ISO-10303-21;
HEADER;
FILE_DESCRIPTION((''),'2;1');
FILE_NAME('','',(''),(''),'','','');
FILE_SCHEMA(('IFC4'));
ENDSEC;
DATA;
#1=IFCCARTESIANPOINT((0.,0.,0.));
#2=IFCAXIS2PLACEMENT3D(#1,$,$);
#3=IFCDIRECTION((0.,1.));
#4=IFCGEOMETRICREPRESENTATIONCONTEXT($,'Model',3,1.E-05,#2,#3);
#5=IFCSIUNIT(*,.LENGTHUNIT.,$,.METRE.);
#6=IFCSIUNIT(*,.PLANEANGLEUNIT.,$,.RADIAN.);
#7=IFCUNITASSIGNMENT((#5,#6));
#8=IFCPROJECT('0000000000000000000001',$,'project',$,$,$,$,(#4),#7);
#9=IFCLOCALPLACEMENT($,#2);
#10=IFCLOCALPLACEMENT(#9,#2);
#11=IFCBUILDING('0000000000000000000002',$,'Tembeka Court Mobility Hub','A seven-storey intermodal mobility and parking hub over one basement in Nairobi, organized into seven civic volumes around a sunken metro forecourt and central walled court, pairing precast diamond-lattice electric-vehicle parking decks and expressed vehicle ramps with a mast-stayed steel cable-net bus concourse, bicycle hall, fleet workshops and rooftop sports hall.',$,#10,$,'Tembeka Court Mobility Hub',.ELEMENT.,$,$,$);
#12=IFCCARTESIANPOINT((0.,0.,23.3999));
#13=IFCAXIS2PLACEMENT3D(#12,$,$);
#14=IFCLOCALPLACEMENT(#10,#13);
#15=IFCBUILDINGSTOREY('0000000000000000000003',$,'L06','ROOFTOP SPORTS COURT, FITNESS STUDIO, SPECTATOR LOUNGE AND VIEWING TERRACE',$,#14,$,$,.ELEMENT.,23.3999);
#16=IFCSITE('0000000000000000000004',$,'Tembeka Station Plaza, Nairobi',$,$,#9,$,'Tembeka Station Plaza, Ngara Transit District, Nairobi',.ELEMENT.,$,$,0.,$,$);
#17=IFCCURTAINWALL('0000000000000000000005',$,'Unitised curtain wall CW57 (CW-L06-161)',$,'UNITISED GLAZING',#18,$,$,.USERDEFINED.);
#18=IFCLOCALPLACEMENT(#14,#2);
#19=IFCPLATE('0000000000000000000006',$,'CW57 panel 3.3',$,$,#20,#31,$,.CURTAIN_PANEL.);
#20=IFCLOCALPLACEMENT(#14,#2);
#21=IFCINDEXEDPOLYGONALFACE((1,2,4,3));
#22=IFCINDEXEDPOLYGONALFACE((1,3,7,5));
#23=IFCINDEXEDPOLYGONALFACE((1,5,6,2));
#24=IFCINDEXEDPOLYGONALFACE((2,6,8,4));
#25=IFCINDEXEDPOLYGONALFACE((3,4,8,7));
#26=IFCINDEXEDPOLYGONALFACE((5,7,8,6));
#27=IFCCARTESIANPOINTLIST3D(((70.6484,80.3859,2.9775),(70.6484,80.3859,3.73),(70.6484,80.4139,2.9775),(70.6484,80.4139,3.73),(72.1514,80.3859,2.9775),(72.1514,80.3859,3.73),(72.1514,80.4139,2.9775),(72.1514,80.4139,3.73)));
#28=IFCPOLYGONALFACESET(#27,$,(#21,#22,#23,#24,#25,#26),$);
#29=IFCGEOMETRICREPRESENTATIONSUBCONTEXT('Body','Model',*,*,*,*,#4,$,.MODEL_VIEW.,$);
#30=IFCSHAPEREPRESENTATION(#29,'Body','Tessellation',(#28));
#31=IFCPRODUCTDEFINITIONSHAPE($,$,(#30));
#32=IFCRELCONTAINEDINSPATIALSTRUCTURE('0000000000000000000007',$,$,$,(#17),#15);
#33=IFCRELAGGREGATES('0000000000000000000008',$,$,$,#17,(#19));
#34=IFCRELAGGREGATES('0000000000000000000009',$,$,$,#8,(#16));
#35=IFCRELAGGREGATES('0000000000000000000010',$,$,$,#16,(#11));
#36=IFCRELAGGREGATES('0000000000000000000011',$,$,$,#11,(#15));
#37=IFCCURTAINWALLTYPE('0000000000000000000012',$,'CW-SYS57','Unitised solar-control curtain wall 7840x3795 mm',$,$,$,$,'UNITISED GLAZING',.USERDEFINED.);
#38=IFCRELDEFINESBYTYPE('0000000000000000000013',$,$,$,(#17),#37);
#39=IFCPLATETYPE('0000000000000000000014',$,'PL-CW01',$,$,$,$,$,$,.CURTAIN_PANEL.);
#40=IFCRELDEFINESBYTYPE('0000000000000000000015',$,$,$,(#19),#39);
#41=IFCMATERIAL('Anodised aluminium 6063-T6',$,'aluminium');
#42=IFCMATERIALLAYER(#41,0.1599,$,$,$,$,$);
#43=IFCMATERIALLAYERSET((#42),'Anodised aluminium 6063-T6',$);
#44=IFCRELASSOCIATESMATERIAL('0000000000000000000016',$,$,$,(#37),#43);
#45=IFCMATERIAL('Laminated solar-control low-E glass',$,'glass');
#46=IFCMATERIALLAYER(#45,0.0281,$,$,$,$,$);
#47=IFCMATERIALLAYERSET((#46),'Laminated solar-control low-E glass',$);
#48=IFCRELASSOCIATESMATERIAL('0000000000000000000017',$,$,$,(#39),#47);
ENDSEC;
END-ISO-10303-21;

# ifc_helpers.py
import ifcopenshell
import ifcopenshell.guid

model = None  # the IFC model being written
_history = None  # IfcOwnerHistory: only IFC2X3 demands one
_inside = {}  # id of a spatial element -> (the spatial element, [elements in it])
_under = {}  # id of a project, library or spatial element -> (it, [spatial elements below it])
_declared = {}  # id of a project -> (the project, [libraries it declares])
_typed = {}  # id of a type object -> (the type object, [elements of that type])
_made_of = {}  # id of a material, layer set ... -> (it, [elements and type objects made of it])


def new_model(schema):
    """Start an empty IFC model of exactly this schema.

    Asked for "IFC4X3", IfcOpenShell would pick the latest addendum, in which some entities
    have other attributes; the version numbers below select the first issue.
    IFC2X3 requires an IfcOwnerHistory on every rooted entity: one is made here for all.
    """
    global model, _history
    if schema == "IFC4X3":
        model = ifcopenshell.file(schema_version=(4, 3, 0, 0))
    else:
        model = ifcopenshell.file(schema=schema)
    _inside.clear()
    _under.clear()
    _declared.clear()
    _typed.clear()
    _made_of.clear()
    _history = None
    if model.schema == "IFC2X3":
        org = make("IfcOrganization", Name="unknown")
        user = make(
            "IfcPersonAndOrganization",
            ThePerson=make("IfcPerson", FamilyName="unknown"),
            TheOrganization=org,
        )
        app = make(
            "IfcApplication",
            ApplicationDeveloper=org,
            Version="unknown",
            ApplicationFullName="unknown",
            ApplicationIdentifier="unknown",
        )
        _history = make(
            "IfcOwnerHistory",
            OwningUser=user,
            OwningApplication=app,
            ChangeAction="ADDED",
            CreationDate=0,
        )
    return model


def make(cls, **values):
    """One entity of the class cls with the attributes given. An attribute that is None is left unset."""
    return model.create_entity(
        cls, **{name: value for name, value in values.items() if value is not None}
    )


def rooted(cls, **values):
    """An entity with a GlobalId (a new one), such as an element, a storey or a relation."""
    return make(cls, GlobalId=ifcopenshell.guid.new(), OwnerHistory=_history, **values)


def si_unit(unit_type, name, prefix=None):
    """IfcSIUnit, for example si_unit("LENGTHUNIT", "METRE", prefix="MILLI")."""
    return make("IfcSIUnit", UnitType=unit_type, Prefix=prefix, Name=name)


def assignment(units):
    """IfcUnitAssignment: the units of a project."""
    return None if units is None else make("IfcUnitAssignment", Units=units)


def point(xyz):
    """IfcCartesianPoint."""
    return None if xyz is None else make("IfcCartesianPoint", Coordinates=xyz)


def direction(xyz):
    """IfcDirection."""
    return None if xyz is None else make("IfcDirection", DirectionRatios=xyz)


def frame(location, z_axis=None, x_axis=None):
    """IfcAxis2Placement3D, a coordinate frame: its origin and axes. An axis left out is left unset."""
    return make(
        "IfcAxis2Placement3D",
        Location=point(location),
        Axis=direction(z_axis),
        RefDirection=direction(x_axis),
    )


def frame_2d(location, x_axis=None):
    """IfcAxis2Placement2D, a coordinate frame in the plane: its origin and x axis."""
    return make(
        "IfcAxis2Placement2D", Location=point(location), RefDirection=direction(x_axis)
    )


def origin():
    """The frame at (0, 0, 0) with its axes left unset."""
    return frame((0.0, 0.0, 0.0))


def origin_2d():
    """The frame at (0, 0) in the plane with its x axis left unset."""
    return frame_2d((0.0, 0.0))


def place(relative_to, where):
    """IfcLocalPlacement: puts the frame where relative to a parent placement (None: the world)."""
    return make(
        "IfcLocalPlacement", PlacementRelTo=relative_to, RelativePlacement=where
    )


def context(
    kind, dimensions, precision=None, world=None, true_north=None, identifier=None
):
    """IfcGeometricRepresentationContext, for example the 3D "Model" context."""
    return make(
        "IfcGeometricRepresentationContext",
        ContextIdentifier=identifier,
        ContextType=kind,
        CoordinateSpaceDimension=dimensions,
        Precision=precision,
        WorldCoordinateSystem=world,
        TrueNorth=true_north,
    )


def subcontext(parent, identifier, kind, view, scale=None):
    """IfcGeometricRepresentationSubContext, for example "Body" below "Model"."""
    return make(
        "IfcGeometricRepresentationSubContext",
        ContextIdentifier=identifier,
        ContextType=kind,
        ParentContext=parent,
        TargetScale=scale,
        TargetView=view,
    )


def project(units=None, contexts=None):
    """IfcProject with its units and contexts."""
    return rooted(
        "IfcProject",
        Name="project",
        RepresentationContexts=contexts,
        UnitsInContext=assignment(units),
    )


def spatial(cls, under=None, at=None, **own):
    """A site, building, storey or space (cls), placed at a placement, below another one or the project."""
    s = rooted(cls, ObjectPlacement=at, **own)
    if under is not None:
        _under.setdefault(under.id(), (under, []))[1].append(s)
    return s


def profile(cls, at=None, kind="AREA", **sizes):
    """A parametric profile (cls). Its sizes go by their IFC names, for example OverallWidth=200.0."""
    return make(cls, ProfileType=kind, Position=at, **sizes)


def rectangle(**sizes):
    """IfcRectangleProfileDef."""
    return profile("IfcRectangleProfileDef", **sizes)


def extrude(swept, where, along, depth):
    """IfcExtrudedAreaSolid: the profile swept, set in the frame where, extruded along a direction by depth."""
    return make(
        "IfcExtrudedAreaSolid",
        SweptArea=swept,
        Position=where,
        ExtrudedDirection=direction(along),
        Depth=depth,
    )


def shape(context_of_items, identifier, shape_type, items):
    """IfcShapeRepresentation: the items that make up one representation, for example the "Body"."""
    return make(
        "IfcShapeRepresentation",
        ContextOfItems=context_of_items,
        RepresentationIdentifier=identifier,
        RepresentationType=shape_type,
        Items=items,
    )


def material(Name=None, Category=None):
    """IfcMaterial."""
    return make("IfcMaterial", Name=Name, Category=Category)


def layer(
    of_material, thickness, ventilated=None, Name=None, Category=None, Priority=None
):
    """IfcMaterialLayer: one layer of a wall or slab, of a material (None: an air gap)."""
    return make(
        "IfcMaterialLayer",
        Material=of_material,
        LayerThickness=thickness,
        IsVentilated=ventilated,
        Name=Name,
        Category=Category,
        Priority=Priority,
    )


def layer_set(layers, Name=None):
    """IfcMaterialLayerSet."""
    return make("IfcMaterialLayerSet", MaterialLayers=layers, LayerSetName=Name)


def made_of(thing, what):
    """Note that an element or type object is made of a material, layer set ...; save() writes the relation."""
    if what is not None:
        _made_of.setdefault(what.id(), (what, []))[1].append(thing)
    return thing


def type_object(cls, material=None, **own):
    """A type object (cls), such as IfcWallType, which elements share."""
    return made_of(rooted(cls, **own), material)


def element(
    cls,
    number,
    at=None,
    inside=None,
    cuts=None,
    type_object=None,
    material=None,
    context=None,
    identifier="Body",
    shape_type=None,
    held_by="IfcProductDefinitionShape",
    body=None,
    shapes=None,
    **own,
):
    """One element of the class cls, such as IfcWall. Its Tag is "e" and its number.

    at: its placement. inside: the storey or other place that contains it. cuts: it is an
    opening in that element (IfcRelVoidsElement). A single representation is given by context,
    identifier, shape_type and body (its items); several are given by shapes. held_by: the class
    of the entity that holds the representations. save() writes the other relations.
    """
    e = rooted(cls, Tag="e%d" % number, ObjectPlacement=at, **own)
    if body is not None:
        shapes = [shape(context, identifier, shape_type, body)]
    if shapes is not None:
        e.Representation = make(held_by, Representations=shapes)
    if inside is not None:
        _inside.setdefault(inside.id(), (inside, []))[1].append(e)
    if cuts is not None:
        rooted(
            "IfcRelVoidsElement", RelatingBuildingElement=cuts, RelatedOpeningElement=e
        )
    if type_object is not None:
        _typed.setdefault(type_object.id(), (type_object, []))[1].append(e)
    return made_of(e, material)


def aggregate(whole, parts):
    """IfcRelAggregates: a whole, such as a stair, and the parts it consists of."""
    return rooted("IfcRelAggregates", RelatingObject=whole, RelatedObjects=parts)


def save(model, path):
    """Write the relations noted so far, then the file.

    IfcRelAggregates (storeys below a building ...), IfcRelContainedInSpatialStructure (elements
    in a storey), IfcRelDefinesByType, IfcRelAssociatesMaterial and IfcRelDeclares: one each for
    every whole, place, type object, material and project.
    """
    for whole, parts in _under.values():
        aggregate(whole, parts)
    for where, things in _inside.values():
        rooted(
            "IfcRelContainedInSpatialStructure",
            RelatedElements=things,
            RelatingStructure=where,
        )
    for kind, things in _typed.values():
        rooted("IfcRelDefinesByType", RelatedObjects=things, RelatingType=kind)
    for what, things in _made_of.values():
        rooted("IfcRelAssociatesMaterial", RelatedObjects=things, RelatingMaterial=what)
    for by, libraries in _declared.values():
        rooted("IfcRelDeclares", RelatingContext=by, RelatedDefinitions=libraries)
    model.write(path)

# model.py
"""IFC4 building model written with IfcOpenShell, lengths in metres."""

from ifc_helpers import new_model, si_unit, direction, frame, origin, origin_2d, place, context, subcontext, project, spatial, rectangle, extrude, material, layer, layer_set, type_object, element, aggregate, save


model = new_model("IFC4")

# Units and contexts
model_context = context("Model", 3, precision=1e-05, world=origin(), true_north=direction((0.0, 1.0)))
body_context = subcontext(model_context, "Body", "Model", "MODEL_VIEW")
ifc_project = project(units=[si_unit("LENGTHUNIT", "METRE"), si_unit("PLANEANGLEUNIT", "RADIAN")], contexts=[model_context])

# Site, building, storey
site_placement = place(None, origin())
site = spatial("IfcSite", under=ifc_project, at=site_placement, Name="Tembeka Station Plaza, Nairobi", LongName="Tembeka Station Plaza, Ngara Transit District, Nairobi", CompositionType="ELEMENT", RefElevation=0.0)
building_placement = place(site_placement, origin())
building = spatial("IfcBuilding", under=site, at=building_placement, Name="Tembeka Court Mobility Hub", Description="A seven-storey intermodal mobility and parking hub over one basement in Nairobi, organized into seven civic volumes around a sunken metro forecourt and central walled court, pairing precast diamond-lattice electric-vehicle parking decks and expressed vehicle ramps with a mast-stayed steel cable-net bus concourse, bicycle hall, fleet workshops and rooftop sports hall.", LongName="Tembeka Court Mobility Hub", CompositionType="ELEMENT")
storey_placement = place(building_placement, frame((0.0, 0.0, 23.3999)))
storey = spatial("IfcBuildingStorey", under=building, at=storey_placement, Name="L06", Description="ROOFTOP SPORTS COURT, FITNESS STUDIO, SPECTATOR LOUNGE AND VIEWING TERRACE", CompositionType="ELEMENT", Elevation=23.3999)

# Curtain wall
ifc_material_1 = material(Name="Anodised aluminium 6063-T6", Category="aluminium")
ifc_layer_1 = layer(ifc_material_1, 0.1599)
ifc_layer_set_1 = layer_set([ifc_layer_1], Name="Anodised aluminium 6063-T6")
curtain_wall_type = type_object("IfcCurtainWallType", Name="CW-SYS57", Description="Unitised solar-control curtain wall 7840x3795 mm", ElementType="UNITISED GLAZING", PredefinedType="USERDEFINED", material=ifc_layer_set_1)
curtain_wall_1_placement = place(storey_placement, origin())
curtain_wall_1 = element("IfcCurtainWall", 1, at=curtain_wall_1_placement, inside=storey, type_object=curtain_wall_type, Name="Unitised curtain wall CW57 (CW-L06-161)", ObjectType="UNITISED GLAZING", PredefinedType="USERDEFINED")

# Plate
ifc_material_2 = material(Name="Laminated solar-control low-E glass", Category="glass")
ifc_layer_2 = layer(ifc_material_2, 0.0281)
ifc_layer_set_2 = layer_set([ifc_layer_2], Name="Laminated solar-control low-E glass")
plate_type = type_object("IfcPlateType", Name="PL-CW01", PredefinedType="CURTAIN_PANEL", material=ifc_layer_set_2)
plate_1_placement = place(storey_placement, frame((71.3999, 80.3999, 2.9775), z_axis=(0.0, 0.0, 1.0), x_axis=(1.0, 0.0, 0.0)))
plate_1 = element("IfcPlate", 2, at=plate_1_placement, type_object=plate_type, Name="CW57 panel 3.3", PredefinedType="CURTAIN_PANEL", context=body_context, shape_type="SweptSolid", body=[
    extrude(rectangle(XDim=1.5029, YDim=0.0281, at=origin_2d()), origin(), (0.0, 0.0, 1.0), 0.7524),
])
aggregate(curtain_wall_1, [plate_1])

save(model, "model.ifc")
